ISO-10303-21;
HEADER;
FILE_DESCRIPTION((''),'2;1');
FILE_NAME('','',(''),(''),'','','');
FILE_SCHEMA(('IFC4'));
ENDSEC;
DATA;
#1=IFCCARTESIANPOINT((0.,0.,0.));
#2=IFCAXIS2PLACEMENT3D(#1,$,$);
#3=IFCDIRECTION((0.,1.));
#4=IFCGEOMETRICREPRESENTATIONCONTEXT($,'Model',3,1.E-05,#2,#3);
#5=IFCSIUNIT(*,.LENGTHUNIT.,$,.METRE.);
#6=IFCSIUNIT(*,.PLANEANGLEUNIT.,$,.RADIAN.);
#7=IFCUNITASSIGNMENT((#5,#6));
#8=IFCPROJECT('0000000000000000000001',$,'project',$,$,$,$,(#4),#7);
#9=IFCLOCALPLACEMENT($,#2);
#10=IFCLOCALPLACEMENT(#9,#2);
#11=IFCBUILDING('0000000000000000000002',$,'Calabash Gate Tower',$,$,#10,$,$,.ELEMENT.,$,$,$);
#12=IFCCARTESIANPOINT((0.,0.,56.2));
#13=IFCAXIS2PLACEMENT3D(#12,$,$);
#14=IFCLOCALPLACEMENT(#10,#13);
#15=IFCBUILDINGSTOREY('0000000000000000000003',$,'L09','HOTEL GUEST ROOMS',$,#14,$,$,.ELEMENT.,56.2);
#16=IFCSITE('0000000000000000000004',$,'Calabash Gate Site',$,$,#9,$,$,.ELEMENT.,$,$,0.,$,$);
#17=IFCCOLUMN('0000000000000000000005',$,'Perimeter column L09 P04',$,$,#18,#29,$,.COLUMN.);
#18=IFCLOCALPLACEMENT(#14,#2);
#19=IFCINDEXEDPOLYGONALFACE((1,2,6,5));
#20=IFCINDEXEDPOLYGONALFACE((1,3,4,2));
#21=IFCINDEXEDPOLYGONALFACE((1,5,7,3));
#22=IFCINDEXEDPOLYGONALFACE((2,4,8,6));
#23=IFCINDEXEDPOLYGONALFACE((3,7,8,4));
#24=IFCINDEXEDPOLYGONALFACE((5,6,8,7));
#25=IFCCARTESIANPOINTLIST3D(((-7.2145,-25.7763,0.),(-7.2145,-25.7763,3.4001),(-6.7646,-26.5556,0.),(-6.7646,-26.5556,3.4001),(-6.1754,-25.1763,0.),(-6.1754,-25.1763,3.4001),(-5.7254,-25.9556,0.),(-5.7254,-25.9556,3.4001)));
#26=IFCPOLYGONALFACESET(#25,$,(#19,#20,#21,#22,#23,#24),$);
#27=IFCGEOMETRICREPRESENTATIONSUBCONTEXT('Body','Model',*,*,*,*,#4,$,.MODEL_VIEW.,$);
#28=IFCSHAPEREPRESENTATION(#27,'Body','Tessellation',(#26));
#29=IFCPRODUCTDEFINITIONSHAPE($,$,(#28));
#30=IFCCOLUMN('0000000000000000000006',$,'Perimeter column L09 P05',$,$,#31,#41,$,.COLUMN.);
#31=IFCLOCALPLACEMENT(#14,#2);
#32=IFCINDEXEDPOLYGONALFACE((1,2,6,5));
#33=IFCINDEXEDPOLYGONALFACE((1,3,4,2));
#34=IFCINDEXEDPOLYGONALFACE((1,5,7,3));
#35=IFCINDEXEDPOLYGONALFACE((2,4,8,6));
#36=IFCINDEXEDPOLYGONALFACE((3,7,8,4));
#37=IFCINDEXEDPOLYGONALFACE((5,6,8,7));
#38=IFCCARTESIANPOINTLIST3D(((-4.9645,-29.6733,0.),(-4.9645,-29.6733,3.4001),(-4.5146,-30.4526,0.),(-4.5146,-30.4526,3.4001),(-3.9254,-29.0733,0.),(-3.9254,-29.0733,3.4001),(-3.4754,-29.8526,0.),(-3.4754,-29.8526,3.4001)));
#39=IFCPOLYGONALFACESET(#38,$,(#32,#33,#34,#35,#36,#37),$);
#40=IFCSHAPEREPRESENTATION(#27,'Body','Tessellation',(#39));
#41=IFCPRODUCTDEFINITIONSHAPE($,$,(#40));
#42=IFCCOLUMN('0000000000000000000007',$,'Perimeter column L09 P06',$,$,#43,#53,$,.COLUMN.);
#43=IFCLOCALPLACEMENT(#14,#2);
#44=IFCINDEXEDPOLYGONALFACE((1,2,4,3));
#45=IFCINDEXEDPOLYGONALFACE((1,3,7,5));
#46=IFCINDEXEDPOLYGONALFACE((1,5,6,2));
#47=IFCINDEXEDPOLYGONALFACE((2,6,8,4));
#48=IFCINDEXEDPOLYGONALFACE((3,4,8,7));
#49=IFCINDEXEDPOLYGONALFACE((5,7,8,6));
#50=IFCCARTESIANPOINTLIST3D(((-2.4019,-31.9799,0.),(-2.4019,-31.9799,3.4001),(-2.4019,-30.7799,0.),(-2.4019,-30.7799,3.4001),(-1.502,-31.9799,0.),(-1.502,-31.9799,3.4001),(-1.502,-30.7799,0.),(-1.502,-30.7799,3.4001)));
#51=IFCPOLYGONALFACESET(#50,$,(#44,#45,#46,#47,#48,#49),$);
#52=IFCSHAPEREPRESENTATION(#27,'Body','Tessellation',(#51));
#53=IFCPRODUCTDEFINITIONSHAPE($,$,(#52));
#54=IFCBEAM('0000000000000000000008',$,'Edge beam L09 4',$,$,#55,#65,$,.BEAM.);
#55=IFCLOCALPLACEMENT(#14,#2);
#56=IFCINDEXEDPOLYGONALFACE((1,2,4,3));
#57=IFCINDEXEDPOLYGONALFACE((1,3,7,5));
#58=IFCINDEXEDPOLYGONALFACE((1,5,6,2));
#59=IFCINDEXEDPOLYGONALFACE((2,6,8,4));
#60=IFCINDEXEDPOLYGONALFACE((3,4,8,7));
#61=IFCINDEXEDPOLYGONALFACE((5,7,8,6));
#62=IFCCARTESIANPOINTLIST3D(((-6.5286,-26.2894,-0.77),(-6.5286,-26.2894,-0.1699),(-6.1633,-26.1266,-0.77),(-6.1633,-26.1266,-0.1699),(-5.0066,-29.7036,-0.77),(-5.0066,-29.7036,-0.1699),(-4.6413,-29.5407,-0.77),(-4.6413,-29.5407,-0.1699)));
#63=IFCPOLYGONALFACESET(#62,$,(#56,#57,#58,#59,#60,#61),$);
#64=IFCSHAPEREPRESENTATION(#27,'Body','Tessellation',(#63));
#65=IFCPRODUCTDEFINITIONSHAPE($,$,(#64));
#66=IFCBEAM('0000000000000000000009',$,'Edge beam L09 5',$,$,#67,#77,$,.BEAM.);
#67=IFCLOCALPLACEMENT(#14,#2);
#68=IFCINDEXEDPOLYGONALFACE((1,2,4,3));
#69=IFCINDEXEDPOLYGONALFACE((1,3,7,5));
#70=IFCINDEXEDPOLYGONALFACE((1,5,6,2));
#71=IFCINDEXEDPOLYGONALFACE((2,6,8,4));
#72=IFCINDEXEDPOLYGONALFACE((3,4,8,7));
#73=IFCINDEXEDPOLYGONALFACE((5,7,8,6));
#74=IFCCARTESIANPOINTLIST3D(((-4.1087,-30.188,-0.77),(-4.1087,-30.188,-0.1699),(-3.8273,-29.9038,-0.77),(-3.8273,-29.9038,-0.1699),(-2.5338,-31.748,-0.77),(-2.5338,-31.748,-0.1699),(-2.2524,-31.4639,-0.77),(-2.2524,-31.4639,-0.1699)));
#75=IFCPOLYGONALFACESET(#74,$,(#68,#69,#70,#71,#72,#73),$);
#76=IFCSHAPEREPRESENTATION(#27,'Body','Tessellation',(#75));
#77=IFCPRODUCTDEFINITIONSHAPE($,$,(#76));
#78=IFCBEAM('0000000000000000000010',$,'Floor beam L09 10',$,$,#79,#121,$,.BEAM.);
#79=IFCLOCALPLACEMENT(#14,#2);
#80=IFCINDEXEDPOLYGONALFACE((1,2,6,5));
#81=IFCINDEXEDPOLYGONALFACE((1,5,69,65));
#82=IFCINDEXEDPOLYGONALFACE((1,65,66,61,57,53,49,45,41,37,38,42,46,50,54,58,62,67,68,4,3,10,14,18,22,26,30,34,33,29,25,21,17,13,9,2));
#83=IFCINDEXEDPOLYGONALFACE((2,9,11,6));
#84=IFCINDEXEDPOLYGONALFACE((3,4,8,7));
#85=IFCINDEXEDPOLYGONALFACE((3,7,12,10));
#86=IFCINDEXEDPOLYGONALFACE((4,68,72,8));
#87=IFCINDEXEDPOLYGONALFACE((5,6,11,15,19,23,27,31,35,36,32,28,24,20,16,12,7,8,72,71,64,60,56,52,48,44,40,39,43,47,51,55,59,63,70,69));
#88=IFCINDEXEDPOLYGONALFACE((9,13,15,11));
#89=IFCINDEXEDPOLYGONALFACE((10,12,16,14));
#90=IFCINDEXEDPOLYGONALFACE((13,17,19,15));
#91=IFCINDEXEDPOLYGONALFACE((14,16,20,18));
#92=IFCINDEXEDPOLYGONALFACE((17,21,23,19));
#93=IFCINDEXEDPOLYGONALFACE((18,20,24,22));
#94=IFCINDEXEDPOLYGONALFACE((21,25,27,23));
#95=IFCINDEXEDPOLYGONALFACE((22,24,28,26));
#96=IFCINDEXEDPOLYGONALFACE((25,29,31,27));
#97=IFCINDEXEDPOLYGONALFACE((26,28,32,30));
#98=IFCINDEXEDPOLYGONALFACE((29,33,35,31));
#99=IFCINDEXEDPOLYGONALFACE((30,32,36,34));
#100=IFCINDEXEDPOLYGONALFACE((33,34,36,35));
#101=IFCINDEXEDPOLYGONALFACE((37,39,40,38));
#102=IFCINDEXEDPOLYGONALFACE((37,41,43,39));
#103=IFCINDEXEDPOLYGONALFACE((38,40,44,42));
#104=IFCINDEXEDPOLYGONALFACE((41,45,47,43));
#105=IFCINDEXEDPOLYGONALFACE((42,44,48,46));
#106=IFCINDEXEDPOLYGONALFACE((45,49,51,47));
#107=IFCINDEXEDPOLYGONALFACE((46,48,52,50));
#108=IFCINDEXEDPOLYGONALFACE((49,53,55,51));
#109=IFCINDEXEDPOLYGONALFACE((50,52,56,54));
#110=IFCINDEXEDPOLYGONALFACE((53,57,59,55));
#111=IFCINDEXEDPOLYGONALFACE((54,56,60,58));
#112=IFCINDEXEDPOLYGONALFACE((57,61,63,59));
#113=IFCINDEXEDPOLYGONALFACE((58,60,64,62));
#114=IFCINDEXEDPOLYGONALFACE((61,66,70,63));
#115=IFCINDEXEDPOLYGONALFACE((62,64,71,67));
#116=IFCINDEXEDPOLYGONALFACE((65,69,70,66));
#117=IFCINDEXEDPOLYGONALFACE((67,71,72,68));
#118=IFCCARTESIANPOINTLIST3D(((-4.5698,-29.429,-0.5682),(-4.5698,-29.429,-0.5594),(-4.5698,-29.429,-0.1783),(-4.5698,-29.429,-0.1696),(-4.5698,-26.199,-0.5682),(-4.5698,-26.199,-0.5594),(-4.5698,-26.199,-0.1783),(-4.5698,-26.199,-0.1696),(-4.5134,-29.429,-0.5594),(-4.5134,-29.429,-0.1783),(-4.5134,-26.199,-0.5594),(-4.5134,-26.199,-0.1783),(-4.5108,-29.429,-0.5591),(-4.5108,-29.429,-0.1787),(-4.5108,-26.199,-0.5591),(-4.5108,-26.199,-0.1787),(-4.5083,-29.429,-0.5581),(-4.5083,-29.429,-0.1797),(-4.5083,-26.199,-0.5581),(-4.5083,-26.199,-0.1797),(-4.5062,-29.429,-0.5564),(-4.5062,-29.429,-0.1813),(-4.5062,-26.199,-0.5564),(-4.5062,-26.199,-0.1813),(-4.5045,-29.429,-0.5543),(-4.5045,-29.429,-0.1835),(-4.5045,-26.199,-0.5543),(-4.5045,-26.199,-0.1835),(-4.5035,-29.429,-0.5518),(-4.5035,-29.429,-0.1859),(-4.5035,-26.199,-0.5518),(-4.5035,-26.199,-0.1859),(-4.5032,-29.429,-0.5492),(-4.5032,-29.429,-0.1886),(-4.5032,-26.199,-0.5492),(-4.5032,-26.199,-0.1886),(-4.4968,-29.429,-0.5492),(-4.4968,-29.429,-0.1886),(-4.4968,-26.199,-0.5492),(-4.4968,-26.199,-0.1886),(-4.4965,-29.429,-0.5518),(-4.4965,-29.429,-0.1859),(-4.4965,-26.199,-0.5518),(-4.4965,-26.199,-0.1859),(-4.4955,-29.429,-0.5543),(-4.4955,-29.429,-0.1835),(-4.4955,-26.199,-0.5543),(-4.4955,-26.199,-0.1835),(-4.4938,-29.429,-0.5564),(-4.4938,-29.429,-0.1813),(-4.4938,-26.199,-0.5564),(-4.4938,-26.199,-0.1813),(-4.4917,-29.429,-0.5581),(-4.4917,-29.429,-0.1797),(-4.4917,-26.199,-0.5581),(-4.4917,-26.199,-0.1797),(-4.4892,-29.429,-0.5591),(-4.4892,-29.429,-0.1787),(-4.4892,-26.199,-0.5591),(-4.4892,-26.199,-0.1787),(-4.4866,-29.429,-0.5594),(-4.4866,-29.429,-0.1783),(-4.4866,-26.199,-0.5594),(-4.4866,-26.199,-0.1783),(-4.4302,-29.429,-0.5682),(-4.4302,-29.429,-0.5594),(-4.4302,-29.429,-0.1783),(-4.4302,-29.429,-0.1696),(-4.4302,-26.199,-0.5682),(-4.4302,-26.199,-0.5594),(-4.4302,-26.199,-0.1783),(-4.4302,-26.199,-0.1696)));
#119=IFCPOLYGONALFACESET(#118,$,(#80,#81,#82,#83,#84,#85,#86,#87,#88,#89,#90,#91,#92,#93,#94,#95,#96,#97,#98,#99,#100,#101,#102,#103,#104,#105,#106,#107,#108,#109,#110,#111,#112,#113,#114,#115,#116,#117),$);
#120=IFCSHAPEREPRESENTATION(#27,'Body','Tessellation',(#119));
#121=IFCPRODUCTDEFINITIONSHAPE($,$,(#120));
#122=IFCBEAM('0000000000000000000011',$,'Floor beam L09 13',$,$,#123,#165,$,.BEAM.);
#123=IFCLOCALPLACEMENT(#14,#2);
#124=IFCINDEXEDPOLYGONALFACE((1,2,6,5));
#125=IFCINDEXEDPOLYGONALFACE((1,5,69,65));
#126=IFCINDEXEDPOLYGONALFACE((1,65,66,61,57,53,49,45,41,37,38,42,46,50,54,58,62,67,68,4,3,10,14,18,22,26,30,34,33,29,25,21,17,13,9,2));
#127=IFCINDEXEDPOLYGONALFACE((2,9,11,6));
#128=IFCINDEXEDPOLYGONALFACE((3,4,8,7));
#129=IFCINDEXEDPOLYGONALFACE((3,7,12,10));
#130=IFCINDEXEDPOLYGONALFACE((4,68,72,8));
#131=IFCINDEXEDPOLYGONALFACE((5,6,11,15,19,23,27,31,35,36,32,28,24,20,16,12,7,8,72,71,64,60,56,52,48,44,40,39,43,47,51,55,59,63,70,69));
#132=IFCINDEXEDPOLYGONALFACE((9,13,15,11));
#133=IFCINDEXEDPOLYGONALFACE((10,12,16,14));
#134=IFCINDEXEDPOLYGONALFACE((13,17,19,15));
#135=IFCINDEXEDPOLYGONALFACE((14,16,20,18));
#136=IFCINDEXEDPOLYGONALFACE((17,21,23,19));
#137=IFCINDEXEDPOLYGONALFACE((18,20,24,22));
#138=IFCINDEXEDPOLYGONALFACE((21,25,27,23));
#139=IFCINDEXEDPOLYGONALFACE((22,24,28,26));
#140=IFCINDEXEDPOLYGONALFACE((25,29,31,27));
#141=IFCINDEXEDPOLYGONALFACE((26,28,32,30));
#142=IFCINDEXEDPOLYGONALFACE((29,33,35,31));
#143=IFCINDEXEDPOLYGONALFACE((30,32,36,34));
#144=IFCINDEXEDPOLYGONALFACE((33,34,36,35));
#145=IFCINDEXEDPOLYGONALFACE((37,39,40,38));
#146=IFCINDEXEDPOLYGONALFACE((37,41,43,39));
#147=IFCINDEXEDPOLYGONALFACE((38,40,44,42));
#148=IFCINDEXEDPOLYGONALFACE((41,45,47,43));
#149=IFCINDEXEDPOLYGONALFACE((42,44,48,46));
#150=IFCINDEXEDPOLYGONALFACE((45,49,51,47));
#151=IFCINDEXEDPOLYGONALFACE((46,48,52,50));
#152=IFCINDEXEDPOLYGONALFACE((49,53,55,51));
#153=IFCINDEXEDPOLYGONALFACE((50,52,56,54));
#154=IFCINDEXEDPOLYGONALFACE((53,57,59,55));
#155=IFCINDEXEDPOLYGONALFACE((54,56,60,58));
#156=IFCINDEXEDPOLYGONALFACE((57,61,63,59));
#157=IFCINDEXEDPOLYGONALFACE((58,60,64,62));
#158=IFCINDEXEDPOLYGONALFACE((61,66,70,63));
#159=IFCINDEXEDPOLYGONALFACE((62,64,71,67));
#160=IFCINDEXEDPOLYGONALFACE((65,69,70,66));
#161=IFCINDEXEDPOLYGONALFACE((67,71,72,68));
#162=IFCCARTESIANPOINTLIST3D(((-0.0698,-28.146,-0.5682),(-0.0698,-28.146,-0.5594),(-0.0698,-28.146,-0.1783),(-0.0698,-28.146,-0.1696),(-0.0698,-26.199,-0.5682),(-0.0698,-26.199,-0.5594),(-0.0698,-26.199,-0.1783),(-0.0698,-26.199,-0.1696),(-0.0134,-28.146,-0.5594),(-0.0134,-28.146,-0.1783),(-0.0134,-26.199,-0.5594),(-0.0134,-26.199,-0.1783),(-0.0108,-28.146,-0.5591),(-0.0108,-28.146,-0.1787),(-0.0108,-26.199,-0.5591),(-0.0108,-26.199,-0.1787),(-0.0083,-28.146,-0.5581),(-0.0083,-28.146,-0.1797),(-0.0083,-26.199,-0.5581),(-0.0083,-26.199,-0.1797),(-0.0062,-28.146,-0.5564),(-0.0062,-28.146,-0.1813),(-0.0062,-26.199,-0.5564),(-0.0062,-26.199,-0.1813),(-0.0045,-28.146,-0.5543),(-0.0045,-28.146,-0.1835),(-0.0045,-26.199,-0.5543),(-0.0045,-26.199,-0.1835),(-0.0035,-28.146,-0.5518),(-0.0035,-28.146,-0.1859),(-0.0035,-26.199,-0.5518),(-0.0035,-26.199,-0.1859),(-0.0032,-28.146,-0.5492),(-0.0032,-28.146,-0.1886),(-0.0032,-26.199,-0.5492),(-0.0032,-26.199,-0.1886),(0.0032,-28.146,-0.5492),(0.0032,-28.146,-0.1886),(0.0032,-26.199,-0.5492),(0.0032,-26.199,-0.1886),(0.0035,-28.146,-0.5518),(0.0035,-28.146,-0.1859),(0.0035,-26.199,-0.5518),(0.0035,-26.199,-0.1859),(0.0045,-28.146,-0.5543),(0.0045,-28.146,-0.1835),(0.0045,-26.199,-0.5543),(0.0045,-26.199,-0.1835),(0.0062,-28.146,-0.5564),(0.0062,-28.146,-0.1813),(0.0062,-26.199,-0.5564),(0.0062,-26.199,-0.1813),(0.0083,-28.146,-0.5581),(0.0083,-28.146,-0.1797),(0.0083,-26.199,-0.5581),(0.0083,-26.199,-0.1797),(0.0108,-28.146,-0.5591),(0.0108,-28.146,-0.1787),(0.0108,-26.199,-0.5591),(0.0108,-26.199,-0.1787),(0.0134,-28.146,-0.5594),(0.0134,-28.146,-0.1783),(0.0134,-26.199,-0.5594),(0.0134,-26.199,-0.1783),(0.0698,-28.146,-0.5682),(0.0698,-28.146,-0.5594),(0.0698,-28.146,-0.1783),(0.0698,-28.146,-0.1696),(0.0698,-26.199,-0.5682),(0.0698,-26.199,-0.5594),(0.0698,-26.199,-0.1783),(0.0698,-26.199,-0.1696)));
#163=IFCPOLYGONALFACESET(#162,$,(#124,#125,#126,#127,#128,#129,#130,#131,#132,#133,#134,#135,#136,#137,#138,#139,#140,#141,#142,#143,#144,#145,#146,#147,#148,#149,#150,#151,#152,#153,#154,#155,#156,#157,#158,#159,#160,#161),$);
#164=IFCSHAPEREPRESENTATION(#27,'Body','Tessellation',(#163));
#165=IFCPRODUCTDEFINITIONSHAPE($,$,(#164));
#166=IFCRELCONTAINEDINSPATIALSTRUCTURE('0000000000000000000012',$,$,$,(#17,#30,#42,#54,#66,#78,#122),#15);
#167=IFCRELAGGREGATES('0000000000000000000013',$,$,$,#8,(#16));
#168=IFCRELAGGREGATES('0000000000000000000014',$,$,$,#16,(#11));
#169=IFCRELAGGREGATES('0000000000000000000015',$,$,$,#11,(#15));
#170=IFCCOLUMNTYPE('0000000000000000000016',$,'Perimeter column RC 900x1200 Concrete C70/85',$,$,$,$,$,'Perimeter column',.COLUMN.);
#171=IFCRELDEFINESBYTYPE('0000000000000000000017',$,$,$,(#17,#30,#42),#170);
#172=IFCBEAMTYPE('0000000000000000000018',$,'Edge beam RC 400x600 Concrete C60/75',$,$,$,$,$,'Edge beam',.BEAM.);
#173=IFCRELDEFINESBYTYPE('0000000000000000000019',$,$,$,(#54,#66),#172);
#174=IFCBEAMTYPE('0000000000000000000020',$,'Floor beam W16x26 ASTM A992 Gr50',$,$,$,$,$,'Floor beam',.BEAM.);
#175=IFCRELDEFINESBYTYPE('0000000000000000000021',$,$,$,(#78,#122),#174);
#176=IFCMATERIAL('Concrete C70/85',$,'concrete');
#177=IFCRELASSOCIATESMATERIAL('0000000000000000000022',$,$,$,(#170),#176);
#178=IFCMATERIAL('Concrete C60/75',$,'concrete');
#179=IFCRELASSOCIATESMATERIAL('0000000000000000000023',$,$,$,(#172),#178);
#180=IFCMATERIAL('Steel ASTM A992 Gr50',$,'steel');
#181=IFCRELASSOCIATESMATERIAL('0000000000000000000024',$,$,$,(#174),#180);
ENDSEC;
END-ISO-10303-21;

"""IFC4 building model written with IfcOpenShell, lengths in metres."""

from ifc_helpers import new_model, si_unit, direction, frame, origin, origin_2d, place, context, subcontext, project, spatial, rectangle, i_section, extrude, material, material_profile, profile_set, type_object, element, save


model = new_model("IFC4")

# Units and contexts
model_context = context("Model", 3, precision=1e-05, world=origin(), true_north=direction((0.0, 1.0)))
body_context = subcontext(model_context, "Body", "Model", "MODEL_VIEW")
ifc_project = project(units=[si_unit("LENGTHUNIT", "METRE"), si_unit("PLANEANGLEUNIT", "RADIAN")], contexts=[model_context])

# Site, building, storey
site_placement = place(None, origin())
site = spatial("IfcSite", under=ifc_project, at=site_placement, Name="Calabash Gate Site", CompositionType="ELEMENT", RefElevation=0.0)
building_placement = place(site_placement, origin())
building = spatial("IfcBuilding", under=site, at=building_placement, Name="Calabash Gate Tower", CompositionType="ELEMENT")
storey_placement = place(building_placement, frame((0.0, 0.0, 56.2)))
storey = spatial("IfcBuildingStorey", under=building, at=storey_placement, Name="L09", Description="HOTEL GUEST ROOMS", CompositionType="ELEMENT", Elevation=56.2)

# Columns
ifc_material_1 = material(Name="Concrete C70/85", Category="concrete")
ifc_material_profile_1 = material_profile(ifc_material_1, rectangle(XDim=0.8999, YDim=1.2, at=origin_2d()))
ifc_profile_set_1 = profile_set([ifc_material_profile_1], Name="Concrete C70/85")
column_type = type_object("IfcColumnType", Name="Perimeter column RC 900x1200 Concrete C70/85", ElementType="Perimeter column", PredefinedType="COLUMN", material=ifc_profile_set_1)
for number, where, z_axis, x_axis, name in (
    (1, (-6.47, -25.866, 0.0), (0.0, 0.0, 1.0), (0.5, -0.866025, 0.0), "Perimeter column L09 P04"),
    (2, (-4.22, -29.7629, 0.0), (0.0, 0.0, 1.0), (0.5, -0.866025, 0.0), "Perimeter column L09 P05"),
    (3, (-1.9519, -31.3799, 0.0), (0.0, 0.0, 1.0), (1.0, 0.0, 0.0), "Perimeter column L09 P06"),
):
    element("IfcColumn", number, at=place(storey_placement, frame(where, z_axis=z_axis, x_axis=x_axis)), inside=storey, type_object=column_type, Name=name, PredefinedType="COLUMN", context=body_context, shape_type="SweptSolid", body=[
        extrude(rectangle(XDim=0.8999, YDim=1.2, at=origin_2d()), origin(), (0.0, 0.0, 1.0), 3.4001),
    ])

# Beams
ifc_material_2 = material(Name="Concrete C60/75", Category="concrete")
ifc_material_profile_2 = material_profile(ifc_material_2, rectangle(XDim=0.3999, YDim=0.6001, at=origin_2d()))
ifc_profile_set_2 = profile_set([ifc_material_profile_2], Name="Concrete C60/75")
beam_type_1 = type_object("IfcBeamType", Name="Edge beam RC 400x600 Concrete C60/75", ElementType="Edge beam", PredefinedType="BEAM", material=ifc_profile_set_2)
beam_1_placement = place(storey_placement, frame((-6.3459, -26.208, -0.47), z_axis=(0.407168, -0.913353, 0.0), x_axis=(0.913353, 0.407168, 0.0)))
element("IfcBeam", 4, at=beam_1_placement, inside=storey, type_object=beam_type_1, Name="Edge beam L09 4", PredefinedType="BEAM", context=body_context, shape_type="SweptSolid", body=[
    extrude(rectangle(XDim=0.3999, YDim=0.6001, at=origin_2d()), origin(), (0.0, 0.0, 1.0), 3.738),
])
beam_2_placement = place(storey_placement, frame((-3.968, -30.0459, -0.47), z_axis=(0.710458, -0.70374, 0.0), x_axis=(0.70374, 0.710458, 0.0)))
element("IfcBeam", 5, at=beam_2_placement, inside=storey, type_object=beam_type_1, Name="Edge beam L09 5", PredefinedType="BEAM", context=body_context, shape_type="SweptSolid", body=[
    extrude(rectangle(XDim=0.3999, YDim=0.6001, at=origin_2d()), origin(), (0.0, 0.0, 1.0), 2.2168),
])
ifc_material_3 = material(Name="Steel ASTM A992 Gr50", Category="steel")
ifc_material_profile_3 = material_profile(ifc_material_3, i_section(OverallWidth=0.1396, OverallDepth=0.3987, WebThickness=0.0063, FlangeThickness=0.0088, FilletRadius=0.0103, at=origin_2d()))
ifc_profile_set_3 = profile_set([ifc_material_profile_3], Name="Steel ASTM A992 Gr50")
beam_type_2 = type_object("IfcBeamType", Name="Floor beam W16x26 ASTM A992 Gr50", ElementType="Floor beam", PredefinedType="BEAM", material=ifc_profile_set_3)
beam_3_placement = place(storey_placement, frame((-4.5, -29.429, -0.3689), z_axis=(0.0, 1.0, 0.0), x_axis=(-1.0, 0.0, 0.0)))
element("IfcBeam", 6, at=beam_3_placement, inside=storey, type_object=beam_type_2, Name="Floor beam L09 10", PredefinedType="BEAM", context=body_context, shape_type="SweptSolid", body=[
    extrude(i_section(OverallWidth=0.1396, OverallDepth=0.3987, WebThickness=0.0063, FlangeThickness=0.0088, FilletRadius=0.0103, at=origin_2d()), origin(), (0.0, 0.0, 1.0), 3.23),
])
beam_4_placement = place(storey_placement, frame((0.0, -28.146, -0.3689), z_axis=(0.0, 1.0, 0.0), x_axis=(-1.0, 0.0, 0.0)))
element("IfcBeam", 7, at=beam_4_placement, inside=storey, type_object=beam_type_2, Name="Floor beam L09 13", PredefinedType="BEAM", context=body_context, shape_type="SweptSolid", body=[
    extrude(i_section(OverallWidth=0.1396, OverallDepth=0.3987, WebThickness=0.0063, FlangeThickness=0.0088, FilletRadius=0.0103, at=origin_2d()), origin(), (0.0, 0.0, 1.0), 1.947),
])

save(model, "model.ifc")
